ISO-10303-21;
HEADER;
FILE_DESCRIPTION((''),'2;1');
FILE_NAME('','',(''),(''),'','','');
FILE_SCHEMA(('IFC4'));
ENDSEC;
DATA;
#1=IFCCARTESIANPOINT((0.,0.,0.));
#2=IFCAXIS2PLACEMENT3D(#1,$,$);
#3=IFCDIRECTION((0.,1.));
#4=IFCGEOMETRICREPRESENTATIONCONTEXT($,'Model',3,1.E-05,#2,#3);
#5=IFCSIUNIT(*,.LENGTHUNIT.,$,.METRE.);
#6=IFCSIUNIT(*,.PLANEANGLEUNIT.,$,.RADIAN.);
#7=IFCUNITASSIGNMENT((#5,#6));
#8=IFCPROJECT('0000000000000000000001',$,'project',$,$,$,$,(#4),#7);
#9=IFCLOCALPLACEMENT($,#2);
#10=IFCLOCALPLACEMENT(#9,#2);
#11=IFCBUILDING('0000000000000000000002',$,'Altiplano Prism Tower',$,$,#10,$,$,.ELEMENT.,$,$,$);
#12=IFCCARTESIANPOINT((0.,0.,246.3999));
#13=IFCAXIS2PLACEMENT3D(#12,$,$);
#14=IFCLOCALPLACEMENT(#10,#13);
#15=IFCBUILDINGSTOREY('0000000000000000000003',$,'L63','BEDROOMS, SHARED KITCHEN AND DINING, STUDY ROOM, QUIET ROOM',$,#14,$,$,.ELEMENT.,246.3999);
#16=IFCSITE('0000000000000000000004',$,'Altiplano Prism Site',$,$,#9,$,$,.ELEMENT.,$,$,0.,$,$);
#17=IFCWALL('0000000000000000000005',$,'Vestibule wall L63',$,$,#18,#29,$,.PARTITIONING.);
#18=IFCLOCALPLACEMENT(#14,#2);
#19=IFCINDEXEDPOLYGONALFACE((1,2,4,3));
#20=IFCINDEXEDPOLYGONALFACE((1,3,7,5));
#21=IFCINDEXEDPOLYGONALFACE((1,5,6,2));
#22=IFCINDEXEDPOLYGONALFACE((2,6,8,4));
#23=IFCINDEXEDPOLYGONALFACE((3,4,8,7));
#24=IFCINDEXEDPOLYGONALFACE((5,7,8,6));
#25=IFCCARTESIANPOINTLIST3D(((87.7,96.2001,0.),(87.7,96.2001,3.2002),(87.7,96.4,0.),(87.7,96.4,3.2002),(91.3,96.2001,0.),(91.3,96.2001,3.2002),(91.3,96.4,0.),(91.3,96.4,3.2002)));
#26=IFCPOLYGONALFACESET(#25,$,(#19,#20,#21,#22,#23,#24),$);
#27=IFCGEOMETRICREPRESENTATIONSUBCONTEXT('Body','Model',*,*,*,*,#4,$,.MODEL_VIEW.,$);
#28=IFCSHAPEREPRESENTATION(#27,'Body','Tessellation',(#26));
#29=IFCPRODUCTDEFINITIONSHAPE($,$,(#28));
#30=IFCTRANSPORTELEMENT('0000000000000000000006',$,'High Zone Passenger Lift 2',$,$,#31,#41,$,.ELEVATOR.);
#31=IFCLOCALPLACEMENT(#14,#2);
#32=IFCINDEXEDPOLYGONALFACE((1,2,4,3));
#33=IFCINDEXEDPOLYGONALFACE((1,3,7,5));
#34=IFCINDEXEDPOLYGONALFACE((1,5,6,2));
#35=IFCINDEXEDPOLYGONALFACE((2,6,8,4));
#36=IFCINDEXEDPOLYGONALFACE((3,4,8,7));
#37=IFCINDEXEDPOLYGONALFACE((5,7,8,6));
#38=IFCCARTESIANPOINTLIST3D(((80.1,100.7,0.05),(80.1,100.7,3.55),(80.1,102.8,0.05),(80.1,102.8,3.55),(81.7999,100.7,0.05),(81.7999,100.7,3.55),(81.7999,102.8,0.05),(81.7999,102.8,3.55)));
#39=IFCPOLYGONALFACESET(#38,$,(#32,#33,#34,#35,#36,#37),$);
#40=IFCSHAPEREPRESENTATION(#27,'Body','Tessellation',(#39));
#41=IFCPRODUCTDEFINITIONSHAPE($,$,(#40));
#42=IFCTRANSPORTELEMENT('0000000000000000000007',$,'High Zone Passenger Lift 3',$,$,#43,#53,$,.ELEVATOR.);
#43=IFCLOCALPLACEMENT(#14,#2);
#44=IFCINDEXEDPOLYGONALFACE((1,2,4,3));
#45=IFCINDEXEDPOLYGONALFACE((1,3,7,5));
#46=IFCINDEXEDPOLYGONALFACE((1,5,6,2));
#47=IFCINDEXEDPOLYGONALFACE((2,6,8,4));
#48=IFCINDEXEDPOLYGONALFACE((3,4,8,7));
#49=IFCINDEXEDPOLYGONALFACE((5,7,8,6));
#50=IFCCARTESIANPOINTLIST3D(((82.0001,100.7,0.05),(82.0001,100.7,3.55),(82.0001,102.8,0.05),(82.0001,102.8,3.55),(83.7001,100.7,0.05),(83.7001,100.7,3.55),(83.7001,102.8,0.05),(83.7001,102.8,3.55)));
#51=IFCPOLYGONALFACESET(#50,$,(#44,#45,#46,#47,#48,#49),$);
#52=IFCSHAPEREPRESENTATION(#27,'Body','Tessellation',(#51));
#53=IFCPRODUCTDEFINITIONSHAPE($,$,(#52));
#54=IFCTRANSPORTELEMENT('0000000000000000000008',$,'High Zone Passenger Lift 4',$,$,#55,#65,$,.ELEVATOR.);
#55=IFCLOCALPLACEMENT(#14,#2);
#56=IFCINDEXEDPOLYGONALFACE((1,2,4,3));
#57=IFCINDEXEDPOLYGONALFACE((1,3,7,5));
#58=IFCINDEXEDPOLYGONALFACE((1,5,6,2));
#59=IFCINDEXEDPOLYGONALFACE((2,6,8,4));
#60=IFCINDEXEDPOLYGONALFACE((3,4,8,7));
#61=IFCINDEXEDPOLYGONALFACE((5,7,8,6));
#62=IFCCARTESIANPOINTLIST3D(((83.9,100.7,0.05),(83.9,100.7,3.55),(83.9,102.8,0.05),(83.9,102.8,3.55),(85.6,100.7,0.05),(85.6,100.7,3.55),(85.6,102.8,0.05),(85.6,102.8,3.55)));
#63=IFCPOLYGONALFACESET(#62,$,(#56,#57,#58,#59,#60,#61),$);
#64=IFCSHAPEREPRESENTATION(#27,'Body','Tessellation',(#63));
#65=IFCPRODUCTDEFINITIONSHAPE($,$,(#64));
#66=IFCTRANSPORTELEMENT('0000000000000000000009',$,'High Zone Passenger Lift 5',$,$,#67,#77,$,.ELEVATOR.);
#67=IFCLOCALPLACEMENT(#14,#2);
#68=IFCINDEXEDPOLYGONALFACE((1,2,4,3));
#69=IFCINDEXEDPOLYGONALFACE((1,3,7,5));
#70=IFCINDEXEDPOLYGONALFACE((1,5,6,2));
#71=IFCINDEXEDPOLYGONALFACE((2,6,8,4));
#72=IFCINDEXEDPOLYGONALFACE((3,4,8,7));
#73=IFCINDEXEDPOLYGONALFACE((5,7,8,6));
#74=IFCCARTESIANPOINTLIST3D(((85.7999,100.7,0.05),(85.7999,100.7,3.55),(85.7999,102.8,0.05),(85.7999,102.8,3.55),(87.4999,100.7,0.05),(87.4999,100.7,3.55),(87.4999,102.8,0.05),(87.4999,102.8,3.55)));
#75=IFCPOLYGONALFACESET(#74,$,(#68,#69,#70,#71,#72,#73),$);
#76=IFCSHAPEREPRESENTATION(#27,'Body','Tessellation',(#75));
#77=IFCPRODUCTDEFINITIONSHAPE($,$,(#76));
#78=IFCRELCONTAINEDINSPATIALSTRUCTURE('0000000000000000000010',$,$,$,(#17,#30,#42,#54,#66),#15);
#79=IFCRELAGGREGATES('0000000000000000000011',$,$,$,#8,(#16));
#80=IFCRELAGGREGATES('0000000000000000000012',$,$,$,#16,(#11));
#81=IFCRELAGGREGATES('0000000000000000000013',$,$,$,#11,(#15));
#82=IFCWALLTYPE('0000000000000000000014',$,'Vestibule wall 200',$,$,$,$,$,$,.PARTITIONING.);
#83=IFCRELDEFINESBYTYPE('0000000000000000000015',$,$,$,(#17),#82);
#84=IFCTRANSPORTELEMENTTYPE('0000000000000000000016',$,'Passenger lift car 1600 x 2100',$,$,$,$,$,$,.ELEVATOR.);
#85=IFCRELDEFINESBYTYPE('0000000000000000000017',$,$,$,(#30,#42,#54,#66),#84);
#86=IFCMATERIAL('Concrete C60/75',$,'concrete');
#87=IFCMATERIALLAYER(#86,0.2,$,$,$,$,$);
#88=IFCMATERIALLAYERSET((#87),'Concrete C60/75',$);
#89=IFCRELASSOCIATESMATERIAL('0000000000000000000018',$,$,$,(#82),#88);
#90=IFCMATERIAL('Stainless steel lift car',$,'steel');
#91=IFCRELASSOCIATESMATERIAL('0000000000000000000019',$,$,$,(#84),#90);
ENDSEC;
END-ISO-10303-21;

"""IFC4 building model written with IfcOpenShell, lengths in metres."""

from ifc_helpers import new_model, si_unit, direction, frame, frame_2d, origin, origin_2d, place, context, subcontext, project, spatial, rectangle, extrude, material, layer, layer_set, type_object, element, save


model = new_model("IFC4")

# Units and contexts
model_context = context("Model", 3, precision=1e-05, world=origin(), true_north=direction((0.0, 1.0)))
body_context = subcontext(model_context, "Body", "Model", "MODEL_VIEW")
ifc_project = project(units=[si_unit("LENGTHUNIT", "METRE"), si_unit("PLANEANGLEUNIT", "RADIAN")], contexts=[model_context])

# Site, building, storey
site_placement = place(None, origin())
site = spatial("IfcSite", under=ifc_project, at=site_placement, Name="Altiplano Prism Site", CompositionType="ELEMENT", RefElevation=0.0)
building_placement = place(site_placement, origin())
building = spatial("IfcBuilding", under=site, at=building_placement, Name="Altiplano Prism Tower", CompositionType="ELEMENT")
storey_placement = place(building_placement, frame((0.0, 0.0, 246.3999)))
storey = spatial("IfcBuildingStorey", under=building, at=storey_placement, Name="L63", Description="BEDROOMS, SHARED KITCHEN AND DINING, STUDY ROOM, QUIET ROOM", CompositionType="ELEMENT", Elevation=246.3999)

# Shared definitions
ifc_material_1 = material(Name="Concrete C60/75", Category="concrete")

# Shared definitions
ifc_layer_1 = layer(ifc_material_1, 0.2)
ifc_layer_set_1 = layer_set([ifc_layer_1], Name="Concrete C60/75")
wall_type_1 = type_object("IfcWallType", Name="Vestibule wall 200", PredefinedType="PARTITIONING", material=ifc_layer_set_1)

# Wall
wall_1_placement = place(storey_placement, frame((87.7, 96.3, 0.0), z_axis=(0.0, 0.0, 1.0), x_axis=(1.0, 0.0, 0.0)))
element("IfcWall", 1, at=wall_1_placement, inside=storey, type_object=wall_type_1, Name="Vestibule wall L63", PredefinedType="PARTITIONING", context=body_context, shape_type="SweptSolid", body=[
    extrude(rectangle(XDim=3.6001, YDim=0.2, at=frame_2d((1.8, 0.0))), origin(), (0.0, 0.0, 1.0), 3.2002),
])

# Transport elements
ifc_material_2 = material(Name="Stainless steel lift car", Category="steel")
transport_element_type = type_object("IfcTransportElementType", Name="Passenger lift car 1600 x 2100", PredefinedType="ELEVATOR", material=ifc_material_2)
for number, where, z_axis, x_axis, name in (
    (2, (80.95, 101.75, 0.05), (0.0, 0.0, 1.0), (1.0, 0.0, 0.0), "High Zone Passenger Lift 2"),
    (3, (82.8501, 101.75, 0.05), (0.0, 0.0, 1.0), (1.0, 0.0, 0.0), "High Zone Passenger Lift 3"),
    (4, (84.75, 101.75, 0.05), (0.0, 0.0, 1.0), (1.0, 0.0, 0.0), "High Zone Passenger Lift 4"),
    (5, (86.6499, 101.75, 0.05), (0.0, 0.0, 1.0), (1.0, 0.0, 0.0), "High Zone Passenger Lift 5"),
):
    element("IfcTransportElement", number, at=place(storey_placement, frame(where, z_axis=z_axis, x_axis=x_axis)), inside=storey, type_object=transport_element_type, Name=name, PredefinedType="ELEVATOR", context=body_context, shape_type="SweptSolid", body=[
        extrude(rectangle(XDim=1.7, YDim=2.1001, at=origin_2d()), origin(), (0.0, 0.0, 1.0), 3.5),
    ])

save(model, "model.ifc")
